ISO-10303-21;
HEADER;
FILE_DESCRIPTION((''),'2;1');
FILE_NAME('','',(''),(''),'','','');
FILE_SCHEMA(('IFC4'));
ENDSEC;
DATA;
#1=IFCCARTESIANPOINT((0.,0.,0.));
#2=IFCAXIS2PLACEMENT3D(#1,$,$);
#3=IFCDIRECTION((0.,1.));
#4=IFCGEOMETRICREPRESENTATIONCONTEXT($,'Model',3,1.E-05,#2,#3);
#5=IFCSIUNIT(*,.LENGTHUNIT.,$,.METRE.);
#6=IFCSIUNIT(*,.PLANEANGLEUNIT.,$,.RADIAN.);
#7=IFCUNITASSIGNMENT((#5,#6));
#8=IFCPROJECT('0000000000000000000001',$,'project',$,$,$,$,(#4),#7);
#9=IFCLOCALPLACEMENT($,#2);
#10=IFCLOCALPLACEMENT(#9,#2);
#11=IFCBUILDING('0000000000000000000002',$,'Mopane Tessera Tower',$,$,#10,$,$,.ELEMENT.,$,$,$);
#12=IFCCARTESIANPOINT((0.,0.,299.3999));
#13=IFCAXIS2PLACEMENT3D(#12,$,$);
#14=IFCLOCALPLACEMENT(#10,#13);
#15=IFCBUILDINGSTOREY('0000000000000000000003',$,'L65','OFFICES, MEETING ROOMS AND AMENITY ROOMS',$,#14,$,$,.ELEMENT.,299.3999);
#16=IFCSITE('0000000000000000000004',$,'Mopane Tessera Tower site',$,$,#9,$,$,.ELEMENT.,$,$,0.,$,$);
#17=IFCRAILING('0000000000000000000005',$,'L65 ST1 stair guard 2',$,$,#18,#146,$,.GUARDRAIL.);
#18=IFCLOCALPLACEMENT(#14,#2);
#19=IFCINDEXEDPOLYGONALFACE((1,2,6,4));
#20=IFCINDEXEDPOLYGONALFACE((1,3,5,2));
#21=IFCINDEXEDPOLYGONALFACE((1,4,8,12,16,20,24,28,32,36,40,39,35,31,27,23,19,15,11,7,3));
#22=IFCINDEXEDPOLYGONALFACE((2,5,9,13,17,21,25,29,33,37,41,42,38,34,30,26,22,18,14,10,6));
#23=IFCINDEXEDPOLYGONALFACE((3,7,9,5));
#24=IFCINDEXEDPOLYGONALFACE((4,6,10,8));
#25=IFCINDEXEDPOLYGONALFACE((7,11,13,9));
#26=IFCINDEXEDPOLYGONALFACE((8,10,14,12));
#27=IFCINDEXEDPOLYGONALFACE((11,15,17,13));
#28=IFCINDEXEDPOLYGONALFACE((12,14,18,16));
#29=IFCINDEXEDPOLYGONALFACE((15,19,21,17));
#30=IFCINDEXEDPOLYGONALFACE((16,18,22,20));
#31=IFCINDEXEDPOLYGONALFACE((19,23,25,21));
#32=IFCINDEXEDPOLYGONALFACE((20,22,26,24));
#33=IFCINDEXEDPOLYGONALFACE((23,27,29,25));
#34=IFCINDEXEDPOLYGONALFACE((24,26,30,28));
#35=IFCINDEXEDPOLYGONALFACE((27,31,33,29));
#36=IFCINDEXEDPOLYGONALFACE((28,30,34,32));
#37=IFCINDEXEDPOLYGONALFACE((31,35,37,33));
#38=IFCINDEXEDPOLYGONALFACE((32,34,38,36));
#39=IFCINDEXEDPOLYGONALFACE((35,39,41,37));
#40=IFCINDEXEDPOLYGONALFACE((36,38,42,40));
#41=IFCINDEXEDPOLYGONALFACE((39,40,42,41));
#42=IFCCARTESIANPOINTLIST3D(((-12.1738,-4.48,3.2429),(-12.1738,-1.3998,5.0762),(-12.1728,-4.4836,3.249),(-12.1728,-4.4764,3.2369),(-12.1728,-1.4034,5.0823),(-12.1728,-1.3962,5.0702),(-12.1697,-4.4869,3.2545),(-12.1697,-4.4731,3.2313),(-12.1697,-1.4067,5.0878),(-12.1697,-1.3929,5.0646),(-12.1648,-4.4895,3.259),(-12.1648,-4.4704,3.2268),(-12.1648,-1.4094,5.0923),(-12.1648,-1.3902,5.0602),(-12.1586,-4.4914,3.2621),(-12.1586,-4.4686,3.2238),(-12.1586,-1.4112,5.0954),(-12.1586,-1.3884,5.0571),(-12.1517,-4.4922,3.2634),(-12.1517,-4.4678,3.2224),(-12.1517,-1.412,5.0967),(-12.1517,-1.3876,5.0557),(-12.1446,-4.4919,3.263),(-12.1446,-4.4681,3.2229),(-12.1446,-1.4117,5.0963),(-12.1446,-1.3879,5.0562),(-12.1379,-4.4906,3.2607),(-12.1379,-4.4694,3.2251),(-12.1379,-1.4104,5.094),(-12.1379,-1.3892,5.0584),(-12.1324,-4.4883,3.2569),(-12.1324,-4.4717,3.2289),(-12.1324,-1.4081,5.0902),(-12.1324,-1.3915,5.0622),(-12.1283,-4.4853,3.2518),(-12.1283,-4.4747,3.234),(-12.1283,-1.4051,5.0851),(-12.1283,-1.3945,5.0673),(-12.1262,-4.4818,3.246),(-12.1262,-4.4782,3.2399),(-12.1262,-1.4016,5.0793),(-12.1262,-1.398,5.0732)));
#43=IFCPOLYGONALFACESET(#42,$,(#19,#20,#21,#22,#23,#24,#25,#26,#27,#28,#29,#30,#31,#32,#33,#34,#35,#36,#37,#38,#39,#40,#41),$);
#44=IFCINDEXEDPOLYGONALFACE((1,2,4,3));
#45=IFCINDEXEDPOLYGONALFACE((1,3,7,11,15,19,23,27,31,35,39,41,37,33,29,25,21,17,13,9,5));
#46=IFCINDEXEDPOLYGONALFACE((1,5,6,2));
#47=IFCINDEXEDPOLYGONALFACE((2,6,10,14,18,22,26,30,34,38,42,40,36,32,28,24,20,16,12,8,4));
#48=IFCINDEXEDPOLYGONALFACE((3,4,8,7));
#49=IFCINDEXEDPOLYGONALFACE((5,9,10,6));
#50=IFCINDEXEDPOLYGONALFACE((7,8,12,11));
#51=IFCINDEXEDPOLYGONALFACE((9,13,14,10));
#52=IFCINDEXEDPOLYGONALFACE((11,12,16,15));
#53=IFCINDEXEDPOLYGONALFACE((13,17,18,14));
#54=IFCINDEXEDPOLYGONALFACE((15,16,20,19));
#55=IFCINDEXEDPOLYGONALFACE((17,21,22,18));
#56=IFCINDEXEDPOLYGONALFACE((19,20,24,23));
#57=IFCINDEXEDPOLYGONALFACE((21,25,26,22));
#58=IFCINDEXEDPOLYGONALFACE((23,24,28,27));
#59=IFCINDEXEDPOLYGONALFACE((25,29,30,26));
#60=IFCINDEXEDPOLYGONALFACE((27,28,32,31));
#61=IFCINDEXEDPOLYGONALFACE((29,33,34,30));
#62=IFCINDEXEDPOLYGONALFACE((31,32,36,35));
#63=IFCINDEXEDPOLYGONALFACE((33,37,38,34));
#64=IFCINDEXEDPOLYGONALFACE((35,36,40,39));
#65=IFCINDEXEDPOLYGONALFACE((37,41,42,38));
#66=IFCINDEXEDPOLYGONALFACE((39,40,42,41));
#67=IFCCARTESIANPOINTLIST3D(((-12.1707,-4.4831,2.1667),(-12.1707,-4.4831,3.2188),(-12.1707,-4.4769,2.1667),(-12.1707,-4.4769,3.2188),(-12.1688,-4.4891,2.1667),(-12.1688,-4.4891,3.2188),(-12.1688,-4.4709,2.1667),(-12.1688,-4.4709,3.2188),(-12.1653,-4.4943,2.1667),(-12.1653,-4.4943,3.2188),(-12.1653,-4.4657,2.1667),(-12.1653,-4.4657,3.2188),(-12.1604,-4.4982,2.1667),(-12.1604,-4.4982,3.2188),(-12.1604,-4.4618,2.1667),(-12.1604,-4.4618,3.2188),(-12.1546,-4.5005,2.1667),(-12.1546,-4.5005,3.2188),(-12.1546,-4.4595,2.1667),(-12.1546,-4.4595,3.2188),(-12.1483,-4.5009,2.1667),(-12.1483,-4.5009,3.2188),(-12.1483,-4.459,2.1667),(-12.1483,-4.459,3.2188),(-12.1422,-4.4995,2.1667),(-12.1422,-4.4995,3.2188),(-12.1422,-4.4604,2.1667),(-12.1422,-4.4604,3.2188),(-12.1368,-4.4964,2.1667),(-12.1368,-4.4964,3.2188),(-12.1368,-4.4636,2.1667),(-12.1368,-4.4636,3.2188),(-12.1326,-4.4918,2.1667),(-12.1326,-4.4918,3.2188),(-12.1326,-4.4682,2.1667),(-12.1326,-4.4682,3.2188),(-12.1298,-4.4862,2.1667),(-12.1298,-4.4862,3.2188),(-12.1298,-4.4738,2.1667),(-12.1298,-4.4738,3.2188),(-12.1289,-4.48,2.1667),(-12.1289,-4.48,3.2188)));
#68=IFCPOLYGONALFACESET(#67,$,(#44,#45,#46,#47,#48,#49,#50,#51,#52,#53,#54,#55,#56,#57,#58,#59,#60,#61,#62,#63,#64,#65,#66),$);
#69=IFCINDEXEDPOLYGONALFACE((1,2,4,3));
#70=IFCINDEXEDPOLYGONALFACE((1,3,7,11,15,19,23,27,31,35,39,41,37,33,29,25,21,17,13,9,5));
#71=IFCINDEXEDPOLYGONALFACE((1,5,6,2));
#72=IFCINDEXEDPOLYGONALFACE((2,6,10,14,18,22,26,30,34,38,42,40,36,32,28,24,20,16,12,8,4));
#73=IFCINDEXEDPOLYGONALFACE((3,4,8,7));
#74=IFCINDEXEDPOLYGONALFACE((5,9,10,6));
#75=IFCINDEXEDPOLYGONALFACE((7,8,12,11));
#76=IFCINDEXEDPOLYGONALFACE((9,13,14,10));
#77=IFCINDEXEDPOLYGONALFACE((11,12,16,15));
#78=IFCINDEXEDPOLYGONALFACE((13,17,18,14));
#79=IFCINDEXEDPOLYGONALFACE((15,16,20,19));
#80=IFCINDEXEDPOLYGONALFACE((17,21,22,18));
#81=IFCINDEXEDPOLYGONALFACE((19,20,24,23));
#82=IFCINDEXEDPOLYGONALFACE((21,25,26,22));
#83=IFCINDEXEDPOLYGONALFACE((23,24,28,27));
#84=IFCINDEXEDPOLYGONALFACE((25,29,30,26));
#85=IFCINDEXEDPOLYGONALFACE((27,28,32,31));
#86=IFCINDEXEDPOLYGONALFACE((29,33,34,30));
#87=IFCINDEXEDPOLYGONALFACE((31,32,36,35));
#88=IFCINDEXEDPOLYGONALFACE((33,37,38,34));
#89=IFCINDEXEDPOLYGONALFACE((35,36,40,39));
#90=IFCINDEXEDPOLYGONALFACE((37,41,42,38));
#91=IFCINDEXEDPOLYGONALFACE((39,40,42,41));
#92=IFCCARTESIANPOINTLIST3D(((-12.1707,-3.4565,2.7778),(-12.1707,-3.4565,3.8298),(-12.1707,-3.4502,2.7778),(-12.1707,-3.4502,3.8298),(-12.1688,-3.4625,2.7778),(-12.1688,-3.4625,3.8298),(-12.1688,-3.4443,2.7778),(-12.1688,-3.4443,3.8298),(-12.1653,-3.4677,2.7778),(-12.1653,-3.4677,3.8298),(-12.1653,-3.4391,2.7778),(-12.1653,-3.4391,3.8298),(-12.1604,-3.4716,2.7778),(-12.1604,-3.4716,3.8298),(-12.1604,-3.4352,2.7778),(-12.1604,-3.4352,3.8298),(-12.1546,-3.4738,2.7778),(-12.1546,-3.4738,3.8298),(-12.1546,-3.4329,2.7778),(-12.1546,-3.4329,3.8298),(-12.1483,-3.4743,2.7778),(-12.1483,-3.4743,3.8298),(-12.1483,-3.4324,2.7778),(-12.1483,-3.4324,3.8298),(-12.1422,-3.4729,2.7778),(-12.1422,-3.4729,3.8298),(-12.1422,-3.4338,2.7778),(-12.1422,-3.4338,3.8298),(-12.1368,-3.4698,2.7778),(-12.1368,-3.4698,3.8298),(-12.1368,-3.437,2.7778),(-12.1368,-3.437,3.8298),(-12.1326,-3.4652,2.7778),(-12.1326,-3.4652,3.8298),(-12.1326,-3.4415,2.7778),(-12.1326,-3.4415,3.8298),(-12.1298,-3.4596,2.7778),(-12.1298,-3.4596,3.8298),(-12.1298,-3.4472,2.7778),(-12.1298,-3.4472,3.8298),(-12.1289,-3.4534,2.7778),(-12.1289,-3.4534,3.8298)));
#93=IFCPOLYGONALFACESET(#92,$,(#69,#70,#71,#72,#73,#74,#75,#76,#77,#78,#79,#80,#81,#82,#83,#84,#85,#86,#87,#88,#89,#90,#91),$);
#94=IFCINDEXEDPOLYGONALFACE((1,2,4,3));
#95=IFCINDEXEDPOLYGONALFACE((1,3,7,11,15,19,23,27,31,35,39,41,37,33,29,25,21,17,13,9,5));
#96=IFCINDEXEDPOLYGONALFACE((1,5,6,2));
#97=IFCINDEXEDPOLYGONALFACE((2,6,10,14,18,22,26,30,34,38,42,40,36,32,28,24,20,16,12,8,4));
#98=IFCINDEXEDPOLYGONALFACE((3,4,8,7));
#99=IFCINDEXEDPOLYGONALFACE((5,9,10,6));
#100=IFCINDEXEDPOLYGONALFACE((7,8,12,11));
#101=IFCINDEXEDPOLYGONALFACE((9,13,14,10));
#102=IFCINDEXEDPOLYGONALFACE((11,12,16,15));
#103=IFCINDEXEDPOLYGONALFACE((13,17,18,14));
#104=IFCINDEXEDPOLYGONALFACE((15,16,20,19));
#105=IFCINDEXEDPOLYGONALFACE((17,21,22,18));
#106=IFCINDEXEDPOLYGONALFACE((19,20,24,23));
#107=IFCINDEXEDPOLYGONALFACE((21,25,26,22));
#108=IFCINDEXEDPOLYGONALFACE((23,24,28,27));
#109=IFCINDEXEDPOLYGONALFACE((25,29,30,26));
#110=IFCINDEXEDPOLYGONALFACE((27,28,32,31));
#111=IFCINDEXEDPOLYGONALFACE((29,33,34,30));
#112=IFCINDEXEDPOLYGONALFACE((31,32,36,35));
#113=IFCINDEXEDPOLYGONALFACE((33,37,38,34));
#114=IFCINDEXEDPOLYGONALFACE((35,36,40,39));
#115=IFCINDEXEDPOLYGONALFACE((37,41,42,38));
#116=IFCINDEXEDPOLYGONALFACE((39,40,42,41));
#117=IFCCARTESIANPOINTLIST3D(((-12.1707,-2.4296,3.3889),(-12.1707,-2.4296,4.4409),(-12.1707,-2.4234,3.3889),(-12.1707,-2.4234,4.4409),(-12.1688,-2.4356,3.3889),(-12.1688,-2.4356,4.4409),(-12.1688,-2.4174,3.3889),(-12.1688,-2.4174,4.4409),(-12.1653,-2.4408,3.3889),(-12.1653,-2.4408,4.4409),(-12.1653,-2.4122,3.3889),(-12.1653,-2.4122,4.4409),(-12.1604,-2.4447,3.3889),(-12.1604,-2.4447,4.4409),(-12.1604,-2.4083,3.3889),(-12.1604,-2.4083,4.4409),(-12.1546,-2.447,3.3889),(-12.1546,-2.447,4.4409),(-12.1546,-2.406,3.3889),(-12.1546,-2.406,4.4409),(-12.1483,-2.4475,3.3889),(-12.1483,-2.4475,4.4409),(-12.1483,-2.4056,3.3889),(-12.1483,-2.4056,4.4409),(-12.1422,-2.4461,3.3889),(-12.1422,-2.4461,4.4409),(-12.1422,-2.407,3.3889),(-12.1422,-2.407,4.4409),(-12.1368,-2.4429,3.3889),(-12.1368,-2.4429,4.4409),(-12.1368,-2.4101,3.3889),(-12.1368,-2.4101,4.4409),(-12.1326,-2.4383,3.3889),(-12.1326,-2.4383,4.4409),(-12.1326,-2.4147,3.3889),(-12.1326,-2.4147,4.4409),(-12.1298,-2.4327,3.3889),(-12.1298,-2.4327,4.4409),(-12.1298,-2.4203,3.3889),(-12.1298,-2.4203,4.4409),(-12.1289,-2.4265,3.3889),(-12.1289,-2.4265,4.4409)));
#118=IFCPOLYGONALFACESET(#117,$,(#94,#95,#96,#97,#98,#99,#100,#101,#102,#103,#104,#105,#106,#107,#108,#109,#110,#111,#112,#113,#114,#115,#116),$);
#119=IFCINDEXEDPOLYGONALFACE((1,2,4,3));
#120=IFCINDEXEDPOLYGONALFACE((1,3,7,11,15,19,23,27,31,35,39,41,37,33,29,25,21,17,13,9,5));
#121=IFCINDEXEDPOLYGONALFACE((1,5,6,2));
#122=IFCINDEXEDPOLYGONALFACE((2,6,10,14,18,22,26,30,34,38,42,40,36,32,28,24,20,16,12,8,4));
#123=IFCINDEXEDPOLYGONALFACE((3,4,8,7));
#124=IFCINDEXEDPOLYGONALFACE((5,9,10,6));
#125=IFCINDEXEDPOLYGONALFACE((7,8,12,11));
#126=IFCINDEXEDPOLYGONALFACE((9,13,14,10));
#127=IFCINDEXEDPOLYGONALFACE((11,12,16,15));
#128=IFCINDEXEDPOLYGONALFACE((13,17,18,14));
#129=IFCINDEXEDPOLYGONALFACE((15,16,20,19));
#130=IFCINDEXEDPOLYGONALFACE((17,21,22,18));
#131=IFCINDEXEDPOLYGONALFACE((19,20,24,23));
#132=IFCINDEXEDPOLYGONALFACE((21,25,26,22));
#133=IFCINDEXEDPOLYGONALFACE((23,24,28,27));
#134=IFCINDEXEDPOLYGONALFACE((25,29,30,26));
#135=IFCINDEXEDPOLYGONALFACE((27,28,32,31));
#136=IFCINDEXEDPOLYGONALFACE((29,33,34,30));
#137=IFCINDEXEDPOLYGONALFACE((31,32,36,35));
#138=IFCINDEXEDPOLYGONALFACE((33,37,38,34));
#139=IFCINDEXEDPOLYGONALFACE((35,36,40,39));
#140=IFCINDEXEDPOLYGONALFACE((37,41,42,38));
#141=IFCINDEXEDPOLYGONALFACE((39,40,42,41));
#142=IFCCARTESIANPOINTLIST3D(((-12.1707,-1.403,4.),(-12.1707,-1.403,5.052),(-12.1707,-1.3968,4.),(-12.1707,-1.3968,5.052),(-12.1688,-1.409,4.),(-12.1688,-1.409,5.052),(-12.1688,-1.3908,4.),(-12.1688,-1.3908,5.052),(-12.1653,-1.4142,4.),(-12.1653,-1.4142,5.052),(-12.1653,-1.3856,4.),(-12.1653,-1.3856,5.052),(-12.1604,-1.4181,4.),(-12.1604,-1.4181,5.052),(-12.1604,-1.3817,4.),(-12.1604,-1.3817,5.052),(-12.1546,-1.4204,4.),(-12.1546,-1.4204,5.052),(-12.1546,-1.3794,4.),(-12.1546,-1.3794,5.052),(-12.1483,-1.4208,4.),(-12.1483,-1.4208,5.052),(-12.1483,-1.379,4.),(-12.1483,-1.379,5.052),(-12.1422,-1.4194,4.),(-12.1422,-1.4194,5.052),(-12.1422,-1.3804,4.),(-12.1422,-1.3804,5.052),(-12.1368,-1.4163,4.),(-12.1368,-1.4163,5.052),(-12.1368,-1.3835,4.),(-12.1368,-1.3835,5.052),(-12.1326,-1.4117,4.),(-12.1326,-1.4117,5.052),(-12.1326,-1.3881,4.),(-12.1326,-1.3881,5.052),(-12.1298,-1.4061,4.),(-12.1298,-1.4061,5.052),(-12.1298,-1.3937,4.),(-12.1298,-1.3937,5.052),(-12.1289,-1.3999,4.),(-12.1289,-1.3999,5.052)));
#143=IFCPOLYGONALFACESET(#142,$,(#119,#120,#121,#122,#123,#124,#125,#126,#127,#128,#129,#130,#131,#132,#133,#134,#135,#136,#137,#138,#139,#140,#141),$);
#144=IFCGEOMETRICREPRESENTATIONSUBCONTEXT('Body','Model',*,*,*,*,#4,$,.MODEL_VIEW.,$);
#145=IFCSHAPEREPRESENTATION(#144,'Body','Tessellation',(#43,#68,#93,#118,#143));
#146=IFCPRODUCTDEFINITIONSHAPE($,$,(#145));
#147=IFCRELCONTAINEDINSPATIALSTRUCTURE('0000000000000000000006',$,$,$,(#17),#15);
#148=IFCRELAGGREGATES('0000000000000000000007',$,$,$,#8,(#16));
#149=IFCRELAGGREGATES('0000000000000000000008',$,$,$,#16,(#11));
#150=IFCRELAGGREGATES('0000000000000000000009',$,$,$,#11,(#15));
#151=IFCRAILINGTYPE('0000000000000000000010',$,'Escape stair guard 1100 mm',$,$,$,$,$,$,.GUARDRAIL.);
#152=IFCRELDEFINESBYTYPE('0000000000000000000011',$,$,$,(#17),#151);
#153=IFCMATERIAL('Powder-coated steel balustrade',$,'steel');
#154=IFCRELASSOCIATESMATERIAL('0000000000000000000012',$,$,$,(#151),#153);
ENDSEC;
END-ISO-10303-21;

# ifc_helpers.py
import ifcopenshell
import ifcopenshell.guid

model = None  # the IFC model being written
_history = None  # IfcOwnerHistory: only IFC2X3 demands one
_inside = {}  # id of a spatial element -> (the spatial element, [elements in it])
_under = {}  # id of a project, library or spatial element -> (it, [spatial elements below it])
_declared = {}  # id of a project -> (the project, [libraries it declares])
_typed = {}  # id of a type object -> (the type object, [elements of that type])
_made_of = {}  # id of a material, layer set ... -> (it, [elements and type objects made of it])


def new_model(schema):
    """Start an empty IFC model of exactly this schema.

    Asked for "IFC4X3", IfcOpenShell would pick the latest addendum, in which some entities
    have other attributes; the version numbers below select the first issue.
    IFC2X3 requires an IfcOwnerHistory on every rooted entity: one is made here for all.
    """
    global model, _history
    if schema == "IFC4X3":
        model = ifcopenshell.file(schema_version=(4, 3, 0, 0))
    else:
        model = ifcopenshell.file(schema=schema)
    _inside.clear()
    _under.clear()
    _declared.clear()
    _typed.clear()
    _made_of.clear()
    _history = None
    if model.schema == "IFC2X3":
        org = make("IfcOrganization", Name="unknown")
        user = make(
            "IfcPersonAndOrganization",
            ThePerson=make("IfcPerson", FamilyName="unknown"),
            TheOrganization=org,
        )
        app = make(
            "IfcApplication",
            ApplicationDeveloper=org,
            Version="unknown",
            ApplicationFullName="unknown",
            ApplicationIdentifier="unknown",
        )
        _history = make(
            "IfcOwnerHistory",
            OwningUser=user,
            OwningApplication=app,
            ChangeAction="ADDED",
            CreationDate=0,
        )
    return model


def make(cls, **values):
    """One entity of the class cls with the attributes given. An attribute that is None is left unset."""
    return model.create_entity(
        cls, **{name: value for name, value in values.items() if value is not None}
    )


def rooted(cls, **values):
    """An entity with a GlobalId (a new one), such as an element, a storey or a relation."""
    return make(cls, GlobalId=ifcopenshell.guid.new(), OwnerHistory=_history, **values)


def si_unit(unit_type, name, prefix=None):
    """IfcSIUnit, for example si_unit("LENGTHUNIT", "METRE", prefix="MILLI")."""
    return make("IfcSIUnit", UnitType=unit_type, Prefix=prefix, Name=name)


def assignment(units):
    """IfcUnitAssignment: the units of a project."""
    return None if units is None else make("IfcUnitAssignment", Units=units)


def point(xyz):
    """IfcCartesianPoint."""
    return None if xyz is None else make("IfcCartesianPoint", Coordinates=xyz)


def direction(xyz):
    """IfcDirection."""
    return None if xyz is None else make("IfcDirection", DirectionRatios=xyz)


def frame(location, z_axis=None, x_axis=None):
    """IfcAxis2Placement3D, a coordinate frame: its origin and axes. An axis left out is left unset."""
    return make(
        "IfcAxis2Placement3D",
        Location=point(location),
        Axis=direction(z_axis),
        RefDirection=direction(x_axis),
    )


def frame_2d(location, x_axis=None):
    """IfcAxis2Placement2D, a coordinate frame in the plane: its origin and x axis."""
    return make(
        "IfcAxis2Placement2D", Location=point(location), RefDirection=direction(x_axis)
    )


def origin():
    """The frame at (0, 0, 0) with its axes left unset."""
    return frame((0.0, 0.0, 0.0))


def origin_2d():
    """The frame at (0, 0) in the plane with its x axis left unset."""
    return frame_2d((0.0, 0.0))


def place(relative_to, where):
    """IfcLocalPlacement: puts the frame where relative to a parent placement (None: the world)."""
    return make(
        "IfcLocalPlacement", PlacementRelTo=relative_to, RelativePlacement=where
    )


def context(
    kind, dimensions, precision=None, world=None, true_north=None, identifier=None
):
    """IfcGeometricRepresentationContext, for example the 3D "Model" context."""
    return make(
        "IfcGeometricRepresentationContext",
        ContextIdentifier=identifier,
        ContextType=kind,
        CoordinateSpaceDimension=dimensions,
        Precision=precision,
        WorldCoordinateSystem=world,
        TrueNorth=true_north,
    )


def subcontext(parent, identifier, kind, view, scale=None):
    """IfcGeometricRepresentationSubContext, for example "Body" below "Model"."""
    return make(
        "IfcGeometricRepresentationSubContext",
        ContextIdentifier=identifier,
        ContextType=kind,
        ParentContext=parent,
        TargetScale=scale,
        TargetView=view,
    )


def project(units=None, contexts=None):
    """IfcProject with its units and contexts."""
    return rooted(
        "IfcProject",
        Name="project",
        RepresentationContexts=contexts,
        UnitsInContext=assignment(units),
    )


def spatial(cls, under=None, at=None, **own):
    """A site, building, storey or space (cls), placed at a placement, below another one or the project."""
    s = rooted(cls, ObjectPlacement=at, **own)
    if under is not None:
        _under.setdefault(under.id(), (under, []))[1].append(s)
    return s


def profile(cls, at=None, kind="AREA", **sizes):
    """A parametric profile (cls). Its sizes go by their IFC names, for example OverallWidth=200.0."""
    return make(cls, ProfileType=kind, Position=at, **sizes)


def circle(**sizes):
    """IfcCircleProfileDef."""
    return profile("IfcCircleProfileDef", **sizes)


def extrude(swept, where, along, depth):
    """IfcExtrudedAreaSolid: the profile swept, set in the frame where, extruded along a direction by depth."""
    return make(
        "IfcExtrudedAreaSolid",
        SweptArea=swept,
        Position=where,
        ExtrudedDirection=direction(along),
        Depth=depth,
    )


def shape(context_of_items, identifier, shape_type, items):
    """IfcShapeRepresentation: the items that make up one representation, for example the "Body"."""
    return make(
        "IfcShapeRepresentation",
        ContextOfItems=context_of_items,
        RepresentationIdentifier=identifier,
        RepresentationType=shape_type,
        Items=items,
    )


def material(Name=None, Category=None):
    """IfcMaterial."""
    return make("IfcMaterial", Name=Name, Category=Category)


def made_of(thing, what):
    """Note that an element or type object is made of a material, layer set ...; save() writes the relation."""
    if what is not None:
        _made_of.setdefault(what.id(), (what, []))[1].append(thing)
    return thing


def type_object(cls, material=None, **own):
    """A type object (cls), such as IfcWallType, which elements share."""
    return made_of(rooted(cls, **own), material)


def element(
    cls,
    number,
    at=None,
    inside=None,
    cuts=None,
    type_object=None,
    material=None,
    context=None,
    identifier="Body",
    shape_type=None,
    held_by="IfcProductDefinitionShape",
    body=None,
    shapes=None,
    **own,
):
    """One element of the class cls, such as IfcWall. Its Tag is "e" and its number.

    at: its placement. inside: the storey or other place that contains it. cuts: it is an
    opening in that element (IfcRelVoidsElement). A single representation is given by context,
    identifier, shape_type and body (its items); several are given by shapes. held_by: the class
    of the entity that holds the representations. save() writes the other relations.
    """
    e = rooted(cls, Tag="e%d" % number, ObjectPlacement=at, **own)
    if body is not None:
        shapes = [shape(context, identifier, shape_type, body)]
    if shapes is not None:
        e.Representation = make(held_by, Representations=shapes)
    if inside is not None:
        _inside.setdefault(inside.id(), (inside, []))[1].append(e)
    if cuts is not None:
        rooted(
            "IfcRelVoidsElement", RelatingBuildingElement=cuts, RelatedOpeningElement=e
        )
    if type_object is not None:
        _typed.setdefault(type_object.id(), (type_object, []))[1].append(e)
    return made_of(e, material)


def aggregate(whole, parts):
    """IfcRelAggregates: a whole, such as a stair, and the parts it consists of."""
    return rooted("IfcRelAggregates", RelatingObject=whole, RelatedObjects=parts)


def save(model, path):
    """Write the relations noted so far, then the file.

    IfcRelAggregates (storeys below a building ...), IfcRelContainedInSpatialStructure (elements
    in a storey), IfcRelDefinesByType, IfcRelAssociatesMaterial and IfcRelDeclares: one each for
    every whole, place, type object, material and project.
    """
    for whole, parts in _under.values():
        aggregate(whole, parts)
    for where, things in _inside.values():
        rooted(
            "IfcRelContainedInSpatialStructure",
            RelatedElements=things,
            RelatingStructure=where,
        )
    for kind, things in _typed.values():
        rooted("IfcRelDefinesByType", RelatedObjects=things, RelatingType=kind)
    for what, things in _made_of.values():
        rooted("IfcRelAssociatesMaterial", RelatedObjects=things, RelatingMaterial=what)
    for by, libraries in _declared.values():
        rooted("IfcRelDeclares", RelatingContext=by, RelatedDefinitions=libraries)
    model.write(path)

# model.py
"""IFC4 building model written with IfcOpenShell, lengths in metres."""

from ifc_helpers import new_model, si_unit, direction, frame, origin, origin_2d, place, context, subcontext, project, spatial, circle, extrude, material, type_object, element, save


model = new_model("IFC4")

# Units and contexts
model_context = context("Model", 3, precision=1e-05, world=origin(), true_north=direction((0.0, 1.0)))
body_context = subcontext(model_context, "Body", "Model", "MODEL_VIEW")
ifc_project = project(units=[si_unit("LENGTHUNIT", "METRE"), si_unit("PLANEANGLEUNIT", "RADIAN")], contexts=[model_context])

# Site, building, storey
site_placement = place(None, origin())
site = spatial("IfcSite", under=ifc_project, at=site_placement, Name="Mopane Tessera Tower site", CompositionType="ELEMENT", RefElevation=0.0)
building_placement = place(site_placement, origin())
building = spatial("IfcBuilding", under=site, at=building_placement, Name="Mopane Tessera Tower", CompositionType="ELEMENT")
storey_placement = place(building_placement, frame((0.0, 0.0, 299.3999)))
storey = spatial("IfcBuildingStorey", under=building, at=storey_placement, Name="L65", Description="OFFICES, MEETING ROOMS AND AMENITY ROOMS", CompositionType="ELEMENT", Elevation=299.3999)

# Railing
ifc_material_1 = material(Name="Powder-coated steel balustrade", Category="steel")
railing_type_1 = type_object("IfcRailingType", Name="Escape stair guard 1100 mm", PredefinedType="GUARDRAIL", material=ifc_material_1)
railing_1_placement = place(storey_placement, frame((-12.1499, -4.48, 2.1667)))
element("IfcRailing", 1, at=railing_1_placement, inside=storey, type_object=railing_type_1, Name="L65 ST1 stair guard 2", PredefinedType="GUARDRAIL", context=body_context, shape_type="SweptSolid", body=[
    extrude(circle(Radius=0.0239, at=origin_2d()), frame((0.0, 0.0, 1.0762), z_axis=(0.0, 0.859309, 0.511458), x_axis=(-1.0, 0.0, 0.0)), (0.0, 0.0, 1.0), 3.5845),
    extrude(circle(Radius=0.021, at=origin_2d()), origin(), (0.0, 0.0, 1.0), 1.052),
    extrude(circle(Radius=0.021, at=origin_2d()), frame((0.0, 1.0266, 0.6111)), (0.0, 0.0, 1.0), 1.052),
    extrude(circle(Radius=0.021, at=origin_2d()), frame((0.0, 2.0535, 1.2222)), (0.0, 0.0, 1.0), 1.052),
    extrude(circle(Radius=0.021, at=origin_2d()), frame((0.0, 3.0801, 1.8333)), (0.0, 0.0, 1.0), 1.052),
])

save(model, "model.ifc")
